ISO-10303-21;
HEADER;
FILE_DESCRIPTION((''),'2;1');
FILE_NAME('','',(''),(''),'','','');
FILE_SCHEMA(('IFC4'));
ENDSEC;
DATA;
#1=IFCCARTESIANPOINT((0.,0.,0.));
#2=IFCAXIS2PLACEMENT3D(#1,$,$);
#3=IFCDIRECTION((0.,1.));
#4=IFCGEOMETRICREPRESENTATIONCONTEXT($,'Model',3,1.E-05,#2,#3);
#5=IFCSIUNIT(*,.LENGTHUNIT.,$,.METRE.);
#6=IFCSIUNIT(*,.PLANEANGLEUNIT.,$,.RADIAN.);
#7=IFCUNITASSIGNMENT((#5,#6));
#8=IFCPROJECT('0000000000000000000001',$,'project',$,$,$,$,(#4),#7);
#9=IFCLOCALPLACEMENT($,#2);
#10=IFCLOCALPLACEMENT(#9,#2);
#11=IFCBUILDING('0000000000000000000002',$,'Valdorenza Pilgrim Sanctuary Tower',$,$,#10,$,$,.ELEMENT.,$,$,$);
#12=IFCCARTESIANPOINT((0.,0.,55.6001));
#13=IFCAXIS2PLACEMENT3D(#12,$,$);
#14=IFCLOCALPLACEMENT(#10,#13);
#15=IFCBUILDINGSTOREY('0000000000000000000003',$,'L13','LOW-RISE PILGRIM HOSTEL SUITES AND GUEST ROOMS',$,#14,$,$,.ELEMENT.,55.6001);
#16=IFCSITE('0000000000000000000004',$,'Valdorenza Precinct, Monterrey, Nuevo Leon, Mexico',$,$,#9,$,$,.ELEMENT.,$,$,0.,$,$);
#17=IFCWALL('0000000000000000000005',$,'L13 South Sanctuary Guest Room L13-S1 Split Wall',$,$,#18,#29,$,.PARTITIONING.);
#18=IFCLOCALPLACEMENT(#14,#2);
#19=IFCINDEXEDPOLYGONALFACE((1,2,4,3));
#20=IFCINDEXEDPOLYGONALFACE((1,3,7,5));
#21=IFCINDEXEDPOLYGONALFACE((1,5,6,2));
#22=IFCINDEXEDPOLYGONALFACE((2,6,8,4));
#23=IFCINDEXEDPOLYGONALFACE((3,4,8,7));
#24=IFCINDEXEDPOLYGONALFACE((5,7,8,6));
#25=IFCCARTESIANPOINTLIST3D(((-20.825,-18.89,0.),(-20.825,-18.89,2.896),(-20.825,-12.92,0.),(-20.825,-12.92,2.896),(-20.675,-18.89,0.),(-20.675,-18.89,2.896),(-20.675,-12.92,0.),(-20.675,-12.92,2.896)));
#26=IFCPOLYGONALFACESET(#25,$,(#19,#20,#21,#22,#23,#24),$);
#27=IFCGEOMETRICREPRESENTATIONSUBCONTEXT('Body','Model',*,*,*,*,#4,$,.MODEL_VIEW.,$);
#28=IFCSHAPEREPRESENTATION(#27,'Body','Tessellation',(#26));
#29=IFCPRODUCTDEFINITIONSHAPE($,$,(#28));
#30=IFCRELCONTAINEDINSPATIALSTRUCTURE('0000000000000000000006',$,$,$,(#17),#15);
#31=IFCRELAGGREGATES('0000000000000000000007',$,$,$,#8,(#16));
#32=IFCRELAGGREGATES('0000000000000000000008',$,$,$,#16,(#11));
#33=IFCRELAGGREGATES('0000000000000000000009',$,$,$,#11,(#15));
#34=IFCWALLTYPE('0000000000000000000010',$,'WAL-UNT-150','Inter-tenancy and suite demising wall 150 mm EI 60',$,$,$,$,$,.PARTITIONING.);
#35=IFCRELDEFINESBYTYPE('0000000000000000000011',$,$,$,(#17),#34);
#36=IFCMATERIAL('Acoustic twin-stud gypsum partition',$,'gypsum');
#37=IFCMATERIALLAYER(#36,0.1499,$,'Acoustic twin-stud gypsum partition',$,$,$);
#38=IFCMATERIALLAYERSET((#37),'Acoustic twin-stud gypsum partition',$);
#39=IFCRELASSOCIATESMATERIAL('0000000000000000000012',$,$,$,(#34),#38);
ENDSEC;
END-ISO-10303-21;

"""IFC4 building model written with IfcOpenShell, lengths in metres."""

from ifc_helpers import new_model, si_unit, direction, frame, frame_2d, origin, place, context, subcontext, project, spatial, rectangle, extrude, material, layer, layer_set, type_object, element, save


model = new_model("IFC4")

# Units and contexts
model_context = context("Model", 3, precision=1e-05, world=origin(), true_north=direction((0.0, 1.0)))
body_context = subcontext(model_context, "Body", "Model", "MODEL_VIEW")
ifc_project = project(units=[si_unit("LENGTHUNIT", "METRE"), si_unit("PLANEANGLEUNIT", "RADIAN")], contexts=[model_context])

# Site, building, storey
site_placement = place(None, origin())
site = spatial("IfcSite", under=ifc_project, at=site_placement, Name="Valdorenza Precinct, Monterrey, Nuevo Leon, Mexico", CompositionType="ELEMENT", RefElevation=0.0)
building_placement = place(site_placement, origin())
building = spatial("IfcBuilding", under=site, at=building_placement, Name="Valdorenza Pilgrim Sanctuary Tower", CompositionType="ELEMENT")
storey_placement = place(building_placement, frame((0.0, 0.0, 55.6001)))
storey = spatial("IfcBuildingStorey", under=building, at=storey_placement, Name="L13", Description="LOW-RISE PILGRIM HOSTEL SUITES AND GUEST ROOMS", CompositionType="ELEMENT", Elevation=55.6001)

# Shared definitions
ifc_material_1 = material(Name="Acoustic twin-stud gypsum partition", Category="gypsum")

# Wall
ifc_layer_1 = layer(ifc_material_1, 0.1499, Name="Acoustic twin-stud gypsum partition")
ifc_layer_set_1 = layer_set([ifc_layer_1], Name="Acoustic twin-stud gypsum partition")
wall_type_1 = type_object("IfcWallType", Name="WAL-UNT-150", Description="Inter-tenancy and suite demising wall 150 mm EI 60", PredefinedType="PARTITIONING", material=ifc_layer_set_1)
wall_1_placement = place(storey_placement, frame((-20.75, -18.8899, 0.0), z_axis=(0.0, 0.0, 1.0), x_axis=(0.0, 1.0, 0.0)))
element("IfcWall", 1, at=wall_1_placement, inside=storey, type_object=wall_type_1, Name="L13 South Sanctuary Guest Room L13-S1 Split Wall", PredefinedType="PARTITIONING", context=body_context, shape_type="SweptSolid", body=[
    extrude(rectangle(XDim=5.97, YDim=0.1499, at=frame_2d((2.9849, 0.0))), origin(), (0.0, 0.0, 1.0), 2.896),
])

save(model, "model.ifc")
